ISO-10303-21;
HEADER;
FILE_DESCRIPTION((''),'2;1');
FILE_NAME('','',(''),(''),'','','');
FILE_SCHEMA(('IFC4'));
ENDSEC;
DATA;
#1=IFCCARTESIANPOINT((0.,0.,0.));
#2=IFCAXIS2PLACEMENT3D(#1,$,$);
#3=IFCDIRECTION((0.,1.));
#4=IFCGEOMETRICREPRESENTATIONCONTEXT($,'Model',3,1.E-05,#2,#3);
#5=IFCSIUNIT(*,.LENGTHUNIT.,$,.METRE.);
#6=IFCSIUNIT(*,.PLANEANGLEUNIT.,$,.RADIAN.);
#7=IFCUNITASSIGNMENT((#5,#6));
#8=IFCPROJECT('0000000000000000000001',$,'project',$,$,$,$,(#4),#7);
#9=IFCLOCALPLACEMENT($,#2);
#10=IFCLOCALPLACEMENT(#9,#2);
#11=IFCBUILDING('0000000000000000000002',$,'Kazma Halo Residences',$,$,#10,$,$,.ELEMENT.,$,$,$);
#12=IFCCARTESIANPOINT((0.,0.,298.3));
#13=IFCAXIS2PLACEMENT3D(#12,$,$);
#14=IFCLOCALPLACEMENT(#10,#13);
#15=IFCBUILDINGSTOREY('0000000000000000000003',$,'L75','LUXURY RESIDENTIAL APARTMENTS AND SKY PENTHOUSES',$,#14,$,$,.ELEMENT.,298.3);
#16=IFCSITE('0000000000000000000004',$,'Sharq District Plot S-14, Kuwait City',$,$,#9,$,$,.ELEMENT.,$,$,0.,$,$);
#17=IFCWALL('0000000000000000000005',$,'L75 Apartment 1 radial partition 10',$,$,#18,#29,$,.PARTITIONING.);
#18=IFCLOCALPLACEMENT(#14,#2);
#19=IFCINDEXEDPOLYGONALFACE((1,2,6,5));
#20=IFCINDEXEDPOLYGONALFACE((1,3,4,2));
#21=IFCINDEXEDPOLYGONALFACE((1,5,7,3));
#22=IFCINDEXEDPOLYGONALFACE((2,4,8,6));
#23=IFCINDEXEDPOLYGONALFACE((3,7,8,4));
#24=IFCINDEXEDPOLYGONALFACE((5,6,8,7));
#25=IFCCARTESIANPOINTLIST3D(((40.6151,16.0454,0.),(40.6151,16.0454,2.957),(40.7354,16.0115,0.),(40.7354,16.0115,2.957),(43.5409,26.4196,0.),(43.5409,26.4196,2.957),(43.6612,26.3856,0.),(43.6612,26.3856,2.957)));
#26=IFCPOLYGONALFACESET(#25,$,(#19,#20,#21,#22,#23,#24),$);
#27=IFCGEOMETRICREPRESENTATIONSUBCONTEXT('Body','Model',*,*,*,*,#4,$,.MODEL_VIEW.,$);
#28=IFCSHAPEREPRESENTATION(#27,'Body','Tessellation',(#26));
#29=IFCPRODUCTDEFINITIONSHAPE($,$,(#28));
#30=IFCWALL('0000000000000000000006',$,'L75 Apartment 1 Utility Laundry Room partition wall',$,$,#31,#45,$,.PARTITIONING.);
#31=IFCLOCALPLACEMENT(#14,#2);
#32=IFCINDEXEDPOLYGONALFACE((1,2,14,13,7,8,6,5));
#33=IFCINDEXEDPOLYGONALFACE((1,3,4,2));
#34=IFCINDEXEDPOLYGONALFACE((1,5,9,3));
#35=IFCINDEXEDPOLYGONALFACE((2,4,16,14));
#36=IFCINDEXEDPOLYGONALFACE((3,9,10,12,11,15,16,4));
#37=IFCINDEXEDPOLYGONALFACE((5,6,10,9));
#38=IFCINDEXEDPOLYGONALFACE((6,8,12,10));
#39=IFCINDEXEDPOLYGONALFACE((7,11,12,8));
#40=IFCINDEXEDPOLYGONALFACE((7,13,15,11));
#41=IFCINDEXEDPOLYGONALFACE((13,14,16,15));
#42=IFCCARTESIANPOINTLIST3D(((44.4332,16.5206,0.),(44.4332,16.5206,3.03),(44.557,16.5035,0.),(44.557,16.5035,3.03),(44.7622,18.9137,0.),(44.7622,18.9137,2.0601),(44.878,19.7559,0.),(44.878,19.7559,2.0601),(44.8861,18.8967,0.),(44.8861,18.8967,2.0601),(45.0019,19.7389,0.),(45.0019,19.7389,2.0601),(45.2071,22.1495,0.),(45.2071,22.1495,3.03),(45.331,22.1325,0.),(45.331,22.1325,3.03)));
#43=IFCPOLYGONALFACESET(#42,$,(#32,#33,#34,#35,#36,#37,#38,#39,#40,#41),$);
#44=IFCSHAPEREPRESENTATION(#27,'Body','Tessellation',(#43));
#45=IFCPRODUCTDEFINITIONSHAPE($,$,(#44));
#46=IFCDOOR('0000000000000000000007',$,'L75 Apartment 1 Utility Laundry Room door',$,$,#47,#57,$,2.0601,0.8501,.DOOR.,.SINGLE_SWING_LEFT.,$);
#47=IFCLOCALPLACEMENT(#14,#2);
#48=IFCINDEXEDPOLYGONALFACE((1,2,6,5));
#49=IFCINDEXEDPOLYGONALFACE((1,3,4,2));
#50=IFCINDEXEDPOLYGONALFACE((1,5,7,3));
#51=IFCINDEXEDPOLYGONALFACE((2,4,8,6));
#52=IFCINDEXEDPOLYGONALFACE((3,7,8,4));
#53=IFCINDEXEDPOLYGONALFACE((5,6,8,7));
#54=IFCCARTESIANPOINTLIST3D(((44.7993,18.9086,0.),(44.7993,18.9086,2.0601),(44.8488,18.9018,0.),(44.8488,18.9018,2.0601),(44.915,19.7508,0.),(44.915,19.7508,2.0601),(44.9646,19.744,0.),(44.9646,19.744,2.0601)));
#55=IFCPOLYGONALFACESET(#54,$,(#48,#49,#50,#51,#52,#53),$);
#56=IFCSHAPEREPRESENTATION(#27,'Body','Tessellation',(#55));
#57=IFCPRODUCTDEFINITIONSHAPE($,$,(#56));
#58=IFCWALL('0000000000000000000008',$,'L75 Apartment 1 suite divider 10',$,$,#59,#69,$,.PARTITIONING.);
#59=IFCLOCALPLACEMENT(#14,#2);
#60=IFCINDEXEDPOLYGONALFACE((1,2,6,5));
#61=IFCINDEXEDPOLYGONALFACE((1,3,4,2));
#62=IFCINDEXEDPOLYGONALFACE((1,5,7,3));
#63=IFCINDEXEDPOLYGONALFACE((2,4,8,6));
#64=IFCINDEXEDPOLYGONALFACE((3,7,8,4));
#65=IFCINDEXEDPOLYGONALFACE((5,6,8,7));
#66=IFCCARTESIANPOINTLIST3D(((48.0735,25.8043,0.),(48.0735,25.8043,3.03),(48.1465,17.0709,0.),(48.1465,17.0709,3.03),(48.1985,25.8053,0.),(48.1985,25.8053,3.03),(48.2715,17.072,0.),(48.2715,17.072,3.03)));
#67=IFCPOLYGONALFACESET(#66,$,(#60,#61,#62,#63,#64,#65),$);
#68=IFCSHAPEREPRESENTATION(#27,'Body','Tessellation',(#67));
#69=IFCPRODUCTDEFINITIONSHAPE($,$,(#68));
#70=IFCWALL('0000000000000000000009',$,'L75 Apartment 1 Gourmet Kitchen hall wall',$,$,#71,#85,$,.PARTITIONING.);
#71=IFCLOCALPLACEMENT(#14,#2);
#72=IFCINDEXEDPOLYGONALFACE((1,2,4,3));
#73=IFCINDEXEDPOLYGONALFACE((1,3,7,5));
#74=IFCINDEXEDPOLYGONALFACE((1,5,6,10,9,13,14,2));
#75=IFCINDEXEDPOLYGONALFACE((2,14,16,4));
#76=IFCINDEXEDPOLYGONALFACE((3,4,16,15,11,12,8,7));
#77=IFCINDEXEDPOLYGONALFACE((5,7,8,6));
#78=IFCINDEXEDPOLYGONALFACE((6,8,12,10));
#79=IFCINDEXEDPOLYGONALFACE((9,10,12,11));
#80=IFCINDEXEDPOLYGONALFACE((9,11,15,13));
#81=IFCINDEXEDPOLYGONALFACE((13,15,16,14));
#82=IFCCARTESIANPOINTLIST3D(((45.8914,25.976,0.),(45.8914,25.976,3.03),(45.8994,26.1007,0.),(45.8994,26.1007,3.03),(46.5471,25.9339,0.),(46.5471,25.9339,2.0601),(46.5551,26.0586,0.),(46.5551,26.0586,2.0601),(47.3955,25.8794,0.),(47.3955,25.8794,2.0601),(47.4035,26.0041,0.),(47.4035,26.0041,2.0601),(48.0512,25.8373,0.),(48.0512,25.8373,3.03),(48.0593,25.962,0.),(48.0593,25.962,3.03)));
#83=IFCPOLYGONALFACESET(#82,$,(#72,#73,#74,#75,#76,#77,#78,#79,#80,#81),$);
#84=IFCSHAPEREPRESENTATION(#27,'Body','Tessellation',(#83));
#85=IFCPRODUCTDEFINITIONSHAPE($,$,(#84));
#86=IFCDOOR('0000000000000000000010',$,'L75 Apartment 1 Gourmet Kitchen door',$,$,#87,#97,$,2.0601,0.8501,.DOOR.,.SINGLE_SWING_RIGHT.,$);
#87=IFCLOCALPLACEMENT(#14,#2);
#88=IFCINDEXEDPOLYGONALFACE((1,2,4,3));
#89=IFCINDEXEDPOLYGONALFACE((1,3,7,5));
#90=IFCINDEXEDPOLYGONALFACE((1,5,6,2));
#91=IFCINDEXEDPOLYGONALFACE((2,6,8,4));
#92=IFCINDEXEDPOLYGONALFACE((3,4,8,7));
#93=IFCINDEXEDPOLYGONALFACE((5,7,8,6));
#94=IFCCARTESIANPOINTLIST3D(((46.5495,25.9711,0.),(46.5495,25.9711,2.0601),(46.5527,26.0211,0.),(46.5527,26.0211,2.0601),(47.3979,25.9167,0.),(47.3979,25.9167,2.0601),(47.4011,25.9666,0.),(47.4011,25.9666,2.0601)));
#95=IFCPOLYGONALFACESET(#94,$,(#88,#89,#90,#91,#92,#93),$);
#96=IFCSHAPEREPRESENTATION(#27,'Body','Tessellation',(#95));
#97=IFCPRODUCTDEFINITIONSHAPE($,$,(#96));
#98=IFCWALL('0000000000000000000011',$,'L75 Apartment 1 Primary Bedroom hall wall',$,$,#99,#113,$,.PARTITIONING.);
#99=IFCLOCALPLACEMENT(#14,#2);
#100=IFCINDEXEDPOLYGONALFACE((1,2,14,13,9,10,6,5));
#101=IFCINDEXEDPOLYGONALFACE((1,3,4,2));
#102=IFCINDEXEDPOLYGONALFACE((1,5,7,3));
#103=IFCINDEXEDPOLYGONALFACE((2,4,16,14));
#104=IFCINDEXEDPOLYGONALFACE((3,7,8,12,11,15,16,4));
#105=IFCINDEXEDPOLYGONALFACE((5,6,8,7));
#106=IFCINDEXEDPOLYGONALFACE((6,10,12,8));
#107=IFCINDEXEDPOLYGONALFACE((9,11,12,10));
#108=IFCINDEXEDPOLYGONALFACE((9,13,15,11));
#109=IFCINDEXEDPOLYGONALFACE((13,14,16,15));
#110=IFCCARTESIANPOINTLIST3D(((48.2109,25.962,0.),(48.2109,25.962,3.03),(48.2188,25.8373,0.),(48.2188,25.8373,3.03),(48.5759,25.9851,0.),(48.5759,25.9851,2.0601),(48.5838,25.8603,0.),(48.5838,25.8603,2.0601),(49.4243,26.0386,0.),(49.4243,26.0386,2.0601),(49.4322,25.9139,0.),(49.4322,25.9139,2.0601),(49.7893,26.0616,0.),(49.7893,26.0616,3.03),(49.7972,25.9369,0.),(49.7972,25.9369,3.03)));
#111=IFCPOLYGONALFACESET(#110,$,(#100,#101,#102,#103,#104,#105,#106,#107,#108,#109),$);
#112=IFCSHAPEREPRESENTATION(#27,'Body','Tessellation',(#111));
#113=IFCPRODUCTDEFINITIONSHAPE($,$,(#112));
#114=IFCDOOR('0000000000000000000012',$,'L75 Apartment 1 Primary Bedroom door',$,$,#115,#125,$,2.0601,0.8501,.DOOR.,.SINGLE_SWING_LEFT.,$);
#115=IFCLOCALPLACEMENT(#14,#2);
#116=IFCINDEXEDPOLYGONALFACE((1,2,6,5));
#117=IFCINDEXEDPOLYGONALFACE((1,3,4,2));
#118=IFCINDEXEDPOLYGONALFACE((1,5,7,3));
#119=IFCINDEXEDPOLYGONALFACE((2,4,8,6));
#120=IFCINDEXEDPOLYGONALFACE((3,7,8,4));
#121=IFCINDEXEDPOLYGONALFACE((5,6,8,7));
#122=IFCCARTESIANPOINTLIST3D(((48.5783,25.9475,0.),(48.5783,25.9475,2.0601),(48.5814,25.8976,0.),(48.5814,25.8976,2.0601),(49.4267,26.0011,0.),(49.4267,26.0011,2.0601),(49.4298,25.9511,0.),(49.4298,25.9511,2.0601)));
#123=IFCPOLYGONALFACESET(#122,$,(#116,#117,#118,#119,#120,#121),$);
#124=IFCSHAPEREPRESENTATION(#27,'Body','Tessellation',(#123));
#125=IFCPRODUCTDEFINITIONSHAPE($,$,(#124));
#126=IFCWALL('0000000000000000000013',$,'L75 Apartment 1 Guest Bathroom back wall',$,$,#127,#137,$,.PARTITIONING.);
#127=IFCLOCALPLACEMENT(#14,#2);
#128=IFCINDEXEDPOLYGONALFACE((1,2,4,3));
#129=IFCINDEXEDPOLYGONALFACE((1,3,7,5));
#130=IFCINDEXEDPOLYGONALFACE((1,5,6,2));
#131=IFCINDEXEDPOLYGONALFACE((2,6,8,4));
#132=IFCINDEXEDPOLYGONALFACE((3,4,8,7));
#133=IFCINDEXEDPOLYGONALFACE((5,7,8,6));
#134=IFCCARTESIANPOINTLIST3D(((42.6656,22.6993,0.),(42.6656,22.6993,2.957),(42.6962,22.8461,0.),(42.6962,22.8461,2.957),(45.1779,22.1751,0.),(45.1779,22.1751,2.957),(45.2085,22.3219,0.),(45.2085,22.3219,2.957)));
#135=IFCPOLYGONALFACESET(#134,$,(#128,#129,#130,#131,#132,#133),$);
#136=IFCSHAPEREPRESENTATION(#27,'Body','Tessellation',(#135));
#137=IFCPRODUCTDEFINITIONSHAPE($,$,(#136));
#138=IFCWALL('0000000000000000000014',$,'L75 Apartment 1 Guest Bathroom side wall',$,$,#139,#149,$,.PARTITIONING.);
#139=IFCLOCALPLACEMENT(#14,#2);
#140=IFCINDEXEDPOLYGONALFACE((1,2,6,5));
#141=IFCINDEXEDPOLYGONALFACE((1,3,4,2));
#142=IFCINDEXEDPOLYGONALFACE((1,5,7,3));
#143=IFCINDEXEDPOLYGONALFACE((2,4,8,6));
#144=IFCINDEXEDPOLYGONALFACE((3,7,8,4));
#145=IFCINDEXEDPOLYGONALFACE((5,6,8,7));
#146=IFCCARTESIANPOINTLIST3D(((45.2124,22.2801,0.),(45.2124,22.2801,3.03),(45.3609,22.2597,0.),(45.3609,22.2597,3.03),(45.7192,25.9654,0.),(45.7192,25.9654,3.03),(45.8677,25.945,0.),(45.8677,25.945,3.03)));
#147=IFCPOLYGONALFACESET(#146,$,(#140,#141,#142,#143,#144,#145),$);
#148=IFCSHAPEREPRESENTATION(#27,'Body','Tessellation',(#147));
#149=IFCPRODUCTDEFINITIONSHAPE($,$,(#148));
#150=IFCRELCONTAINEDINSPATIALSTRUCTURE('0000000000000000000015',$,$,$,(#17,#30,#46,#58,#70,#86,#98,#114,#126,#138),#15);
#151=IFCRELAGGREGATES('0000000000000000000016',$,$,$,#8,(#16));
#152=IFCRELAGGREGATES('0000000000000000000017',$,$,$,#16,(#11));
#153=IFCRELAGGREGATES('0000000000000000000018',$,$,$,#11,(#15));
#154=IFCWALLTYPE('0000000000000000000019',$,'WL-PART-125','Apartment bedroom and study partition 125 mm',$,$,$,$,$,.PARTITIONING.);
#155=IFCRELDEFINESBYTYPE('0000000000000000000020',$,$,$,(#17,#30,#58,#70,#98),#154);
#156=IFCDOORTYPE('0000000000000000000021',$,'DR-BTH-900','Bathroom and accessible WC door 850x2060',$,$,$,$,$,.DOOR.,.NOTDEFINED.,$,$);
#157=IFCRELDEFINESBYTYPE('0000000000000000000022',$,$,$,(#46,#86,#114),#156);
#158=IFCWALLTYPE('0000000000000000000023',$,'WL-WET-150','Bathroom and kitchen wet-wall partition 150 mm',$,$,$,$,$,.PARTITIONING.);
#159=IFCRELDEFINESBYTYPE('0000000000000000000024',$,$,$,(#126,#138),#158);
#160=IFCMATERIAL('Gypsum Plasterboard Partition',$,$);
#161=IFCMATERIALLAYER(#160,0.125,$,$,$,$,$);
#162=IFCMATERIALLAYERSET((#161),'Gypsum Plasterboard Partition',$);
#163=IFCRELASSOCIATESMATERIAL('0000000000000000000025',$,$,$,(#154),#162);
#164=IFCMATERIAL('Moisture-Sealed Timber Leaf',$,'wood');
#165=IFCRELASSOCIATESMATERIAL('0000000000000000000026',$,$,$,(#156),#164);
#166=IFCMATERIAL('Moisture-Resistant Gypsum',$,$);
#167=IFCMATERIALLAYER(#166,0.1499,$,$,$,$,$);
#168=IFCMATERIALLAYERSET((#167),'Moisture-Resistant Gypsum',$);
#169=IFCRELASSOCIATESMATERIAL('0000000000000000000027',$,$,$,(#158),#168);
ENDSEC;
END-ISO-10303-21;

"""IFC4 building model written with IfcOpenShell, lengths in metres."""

from ifc_helpers import new_model, si_unit, direction, frame, frame_2d, origin, place, context, subcontext, project, spatial, rectangle, extrude, material, layer, layer_set, type_object, element, fill, save


model = new_model("IFC4")

# Units and contexts
model_context = context("Model", 3, precision=1e-05, world=origin(), true_north=direction((0.0, 1.0)))
body_context = subcontext(model_context, "Body", "Model", "MODEL_VIEW")
ifc_project = project(units=[si_unit("LENGTHUNIT", "METRE"), si_unit("PLANEANGLEUNIT", "RADIAN")], contexts=[model_context])

# Site, building, storey
site_placement = place(None, origin())
site = spatial("IfcSite", under=ifc_project, at=site_placement, Name="Sharq District Plot S-14, Kuwait City", CompositionType="ELEMENT", RefElevation=0.0)
building_placement = place(site_placement, origin())
building = spatial("IfcBuilding", under=site, at=building_placement, Name="Kazma Halo Residences", CompositionType="ELEMENT")
storey_placement = place(building_placement, frame((0.0, 0.0, 298.3)))
storey = spatial("IfcBuildingStorey", under=building, at=storey_placement, Name="L75", Description="LUXURY RESIDENTIAL APARTMENTS AND SKY PENTHOUSES", CompositionType="ELEMENT", Elevation=298.3)

# Wall
ifc_material_1 = material(Name="Gypsum Plasterboard Partition")
ifc_layer_1 = layer(ifc_material_1, 0.125)
ifc_layer_set_1 = layer_set([ifc_layer_1], Name="Gypsum Plasterboard Partition")
wall_type_1 = type_object("IfcWallType", Name="WL-PART-125", Description="Apartment bedroom and study partition 125 mm", PredefinedType="PARTITIONING", material=ifc_layer_set_1)
wall_1_placement = place(storey_placement, frame((43.6011, 26.4026, 0.0), z_axis=(0.0, 0.0, 1.0), x_axis=(-0.271441, -0.962455, 0.0)))
element("IfcWall", 1, at=wall_1_placement, inside=storey, type_object=wall_type_1, Name="L75 Apartment 1 radial partition 10", PredefinedType="PARTITIONING", context=body_context, shape_type="SweptSolid", body=[
    extrude(rectangle(XDim=10.7788, YDim=0.125, at=frame_2d((5.3894, 0.0))), origin(), (0.0, 0.0, 1.0), 2.957),
])

# Wall, opening, door
wall_2_placement = place(storey_placement, frame((45.269, 22.1409, 0.0), z_axis=(0.0, 0.0, 1.0), x_axis=(-0.13621, -0.99068, 0.0)))
wall_2 = element("IfcWall", 2, at=wall_2_placement, inside=storey, type_object=wall_type_1, Name="L75 Apartment 1 Utility Laundry Room partition wall", PredefinedType="PARTITIONING", context=body_context, shape_type="SweptSolid", body=[
    extrude(rectangle(XDim=5.6819, YDim=0.125, at=frame_2d((2.8408, 0.0))), origin(), (0.0, 0.0, 1.0), 3.03),
])
opening_1_placement = place(wall_2_placement, frame((2.416, 0.0, 0.0)))
opening_1 = element("IfcOpeningElement", 3, at=opening_1_placement, cuts=wall_2, PredefinedType="OPENING", context=body_context, shape_type="SweptSolid", body=[
    extrude(rectangle(XDim=0.8501, YDim=2.0601, at=frame_2d((0.425, 1.03))), frame((0.0, 0.0725, 0.0), z_axis=(0.0, -1.0, 0.0), x_axis=(1.0, 0.0, 0.0)), (0.0, 0.0, 1.0), 0.145),
])
ifc_material_2 = material(Name="Moisture-Sealed Timber Leaf", Category="wood")
door_type = type_object("IfcDoorType", Name="DR-BTH-900", Description="Bathroom and accessible WC door 850x2060", OperationType="NOTDEFINED", PredefinedType="DOOR", material=ifc_material_2)
door_1_placement = place(opening_1_placement, origin())
door_1 = element("IfcDoor", 4, at=door_1_placement, inside=storey, type_object=door_type, Name="L75 Apartment 1 Utility Laundry Room door", OperationType="SINGLE_SWING_LEFT", OverallHeight=2.0601, OverallWidth=0.8501, PredefinedType="DOOR", context=body_context, shape_type="SweptSolid", body=[
    extrude(rectangle(XDim=0.8501, YDim=2.0601, at=frame_2d((0.425, 1.03))), frame((0.0, 0.0249, 0.0), z_axis=(0.0, -1.0, 0.0), x_axis=(1.0, 0.0, 0.0)), (0.0, 0.0, 1.0), 0.05),
])
fill(opening_1, door_1)

# Wall
wall_3_placement = place(storey_placement, frame((48.136, 25.8047, 0.0), z_axis=(0.0, 0.0, 1.0), x_axis=(0.008358, -0.999965, 0.0)))
element("IfcWall", 5, at=wall_3_placement, inside=storey, type_object=wall_type_1, Name="L75 Apartment 1 suite divider 10", PredefinedType="PARTITIONING", context=body_context, shape_type="SweptSolid", body=[
    extrude(rectangle(XDim=8.7336, YDim=0.125, at=frame_2d((4.3667, 0.0))), origin(), (0.0, 0.0, 1.0), 3.03),
])

# Walls, openings, doors
wall_4_placement = place(storey_placement, frame((45.8955, 26.0383, 0.0), z_axis=(0.0, 0.0, 1.0), x_axis=(0.997945, -0.064071, 0.0)))
wall_4 = element("IfcWall", 6, at=wall_4_placement, inside=storey, type_object=wall_type_1, Name="L75 Apartment 1 Gourmet Kitchen hall wall", PredefinedType="PARTITIONING", context=body_context, shape_type="SweptSolid", body=[
    extrude(rectangle(XDim=2.1643, YDim=0.125, at=frame_2d((1.082, 0.0))), origin(), (0.0, 0.0, 1.0), 3.03),
])
opening_2_placement = place(wall_4_placement, frame((0.657, 0.0, 0.0)))
opening_2 = element("IfcOpeningElement", 7, at=opening_2_placement, cuts=wall_4, PredefinedType="OPENING", context=body_context, shape_type="SweptSolid", body=[
    extrude(rectangle(XDim=0.8501, YDim=2.0601, at=frame_2d((0.425, 1.03))), frame((0.0, 0.0725, 0.0), z_axis=(0.0, -1.0, 0.0), x_axis=(1.0, 0.0, 0.0)), (0.0, 0.0, 1.0), 0.145),
])
door_2_placement = place(opening_2_placement, origin())
door_2 = element("IfcDoor", 8, at=door_2_placement, inside=storey, type_object=door_type, Name="L75 Apartment 1 Gourmet Kitchen door", OperationType="SINGLE_SWING_RIGHT", OverallHeight=2.0601, OverallWidth=0.8501, PredefinedType="DOOR", context=body_context, shape_type="SweptSolid", body=[
    extrude(rectangle(XDim=0.8501, YDim=2.0601, at=frame_2d((0.425, 1.03))), frame((0.0, 0.0249, 0.0), z_axis=(0.0, -1.0, 0.0), x_axis=(1.0, 0.0, 0.0)), (0.0, 0.0, 1.0), 0.05),
])
fill(opening_2, door_2)
wall_5_placement = place(storey_placement, frame((48.2148, 25.8997, 0.0), z_axis=(0.0, 0.0, 1.0), x_axis=(0.998015, 0.062984, 0.0)))
wall_5 = element("IfcWall", 9, at=wall_5_placement, inside=storey, type_object=wall_type_1, Name="L75 Apartment 1 Primary Bedroom hall wall", PredefinedType="PARTITIONING", context=body_context, shape_type="SweptSolid", body=[
    extrude(rectangle(XDim=1.5815, YDim=0.125, at=frame_2d((0.7908, 0.0))), origin(), (0.0, 0.0, 1.0), 3.03),
])
opening_3_placement = place(wall_5_placement, frame((0.3657, 0.0, 0.0)))
opening_3 = element("IfcOpeningElement", 10, at=opening_3_placement, cuts=wall_5, PredefinedType="OPENING", context=body_context, shape_type="SweptSolid", body=[
    extrude(rectangle(XDim=0.8501, YDim=2.0601, at=frame_2d((0.425, 1.03))), frame((0.0, 0.0725, 0.0), z_axis=(0.0, -1.0, 0.0), x_axis=(1.0, 0.0, 0.0)), (0.0, 0.0, 1.0), 0.145),
])
door_3_placement = place(opening_3_placement, origin())
door_3 = element("IfcDoor", 11, at=door_3_placement, inside=storey, type_object=door_type, Name="L75 Apartment 1 Primary Bedroom door", OperationType="SINGLE_SWING_LEFT", OverallHeight=2.0601, OverallWidth=0.8501, PredefinedType="DOOR", context=body_context, shape_type="SweptSolid", body=[
    extrude(rectangle(XDim=0.8501, YDim=2.0601, at=frame_2d((0.425, 1.03))), frame((0.0, 0.0249, 0.0), z_axis=(0.0, -1.0, 0.0), x_axis=(1.0, 0.0, 0.0)), (0.0, 0.0, 1.0), 0.05),
])
fill(opening_3, door_3)

# Walls
ifc_material_3 = material(Name="Moisture-Resistant Gypsum")
ifc_layer_2 = layer(ifc_material_3, 0.1499)
ifc_layer_set_2 = layer_set([ifc_layer_2], Name="Moisture-Resistant Gypsum")
wall_type_2 = type_object("IfcWallType", Name="WL-WET-150", Description="Bathroom and kitchen wet-wall partition 150 mm", PredefinedType="PARTITIONING", material=ifc_layer_set_2)
wall_6_placement = place(storey_placement, frame((42.6809, 22.7727, 0.0), z_axis=(0.0, 0.0, 1.0), x_axis=(0.978919, -0.204251, 0.0)))
element("IfcWall", 12, at=wall_6_placement, inside=storey, type_object=wall_type_2, Name="L75 Apartment 1 Guest Bathroom back wall", PredefinedType="PARTITIONING", context=body_context, shape_type="SweptSolid", body=[
    extrude(rectangle(XDim=2.5664, YDim=0.1499, at=frame_2d((1.2832, 0.0))), origin(), (0.0, 0.0, 1.0), 2.957),
])
wall_7_placement = place(storey_placement, frame((45.7935, 25.9551, 0.0), z_axis=(0.0, 0.0, 1.0), x_axis=(-0.136247, -0.990675, 0.0)))
element("IfcWall", 13, at=wall_7_placement, inside=storey, type_object=wall_type_2, Name="L75 Apartment 1 Guest Bathroom side wall", PredefinedType="PARTITIONING", context=body_context, shape_type="SweptSolid", body=[
    extrude(rectangle(XDim=3.72, YDim=0.1499, at=frame_2d((1.8599, 0.0))), origin(), (0.0, 0.0, 1.0), 3.03),
])

save(model, "model.ifc")
